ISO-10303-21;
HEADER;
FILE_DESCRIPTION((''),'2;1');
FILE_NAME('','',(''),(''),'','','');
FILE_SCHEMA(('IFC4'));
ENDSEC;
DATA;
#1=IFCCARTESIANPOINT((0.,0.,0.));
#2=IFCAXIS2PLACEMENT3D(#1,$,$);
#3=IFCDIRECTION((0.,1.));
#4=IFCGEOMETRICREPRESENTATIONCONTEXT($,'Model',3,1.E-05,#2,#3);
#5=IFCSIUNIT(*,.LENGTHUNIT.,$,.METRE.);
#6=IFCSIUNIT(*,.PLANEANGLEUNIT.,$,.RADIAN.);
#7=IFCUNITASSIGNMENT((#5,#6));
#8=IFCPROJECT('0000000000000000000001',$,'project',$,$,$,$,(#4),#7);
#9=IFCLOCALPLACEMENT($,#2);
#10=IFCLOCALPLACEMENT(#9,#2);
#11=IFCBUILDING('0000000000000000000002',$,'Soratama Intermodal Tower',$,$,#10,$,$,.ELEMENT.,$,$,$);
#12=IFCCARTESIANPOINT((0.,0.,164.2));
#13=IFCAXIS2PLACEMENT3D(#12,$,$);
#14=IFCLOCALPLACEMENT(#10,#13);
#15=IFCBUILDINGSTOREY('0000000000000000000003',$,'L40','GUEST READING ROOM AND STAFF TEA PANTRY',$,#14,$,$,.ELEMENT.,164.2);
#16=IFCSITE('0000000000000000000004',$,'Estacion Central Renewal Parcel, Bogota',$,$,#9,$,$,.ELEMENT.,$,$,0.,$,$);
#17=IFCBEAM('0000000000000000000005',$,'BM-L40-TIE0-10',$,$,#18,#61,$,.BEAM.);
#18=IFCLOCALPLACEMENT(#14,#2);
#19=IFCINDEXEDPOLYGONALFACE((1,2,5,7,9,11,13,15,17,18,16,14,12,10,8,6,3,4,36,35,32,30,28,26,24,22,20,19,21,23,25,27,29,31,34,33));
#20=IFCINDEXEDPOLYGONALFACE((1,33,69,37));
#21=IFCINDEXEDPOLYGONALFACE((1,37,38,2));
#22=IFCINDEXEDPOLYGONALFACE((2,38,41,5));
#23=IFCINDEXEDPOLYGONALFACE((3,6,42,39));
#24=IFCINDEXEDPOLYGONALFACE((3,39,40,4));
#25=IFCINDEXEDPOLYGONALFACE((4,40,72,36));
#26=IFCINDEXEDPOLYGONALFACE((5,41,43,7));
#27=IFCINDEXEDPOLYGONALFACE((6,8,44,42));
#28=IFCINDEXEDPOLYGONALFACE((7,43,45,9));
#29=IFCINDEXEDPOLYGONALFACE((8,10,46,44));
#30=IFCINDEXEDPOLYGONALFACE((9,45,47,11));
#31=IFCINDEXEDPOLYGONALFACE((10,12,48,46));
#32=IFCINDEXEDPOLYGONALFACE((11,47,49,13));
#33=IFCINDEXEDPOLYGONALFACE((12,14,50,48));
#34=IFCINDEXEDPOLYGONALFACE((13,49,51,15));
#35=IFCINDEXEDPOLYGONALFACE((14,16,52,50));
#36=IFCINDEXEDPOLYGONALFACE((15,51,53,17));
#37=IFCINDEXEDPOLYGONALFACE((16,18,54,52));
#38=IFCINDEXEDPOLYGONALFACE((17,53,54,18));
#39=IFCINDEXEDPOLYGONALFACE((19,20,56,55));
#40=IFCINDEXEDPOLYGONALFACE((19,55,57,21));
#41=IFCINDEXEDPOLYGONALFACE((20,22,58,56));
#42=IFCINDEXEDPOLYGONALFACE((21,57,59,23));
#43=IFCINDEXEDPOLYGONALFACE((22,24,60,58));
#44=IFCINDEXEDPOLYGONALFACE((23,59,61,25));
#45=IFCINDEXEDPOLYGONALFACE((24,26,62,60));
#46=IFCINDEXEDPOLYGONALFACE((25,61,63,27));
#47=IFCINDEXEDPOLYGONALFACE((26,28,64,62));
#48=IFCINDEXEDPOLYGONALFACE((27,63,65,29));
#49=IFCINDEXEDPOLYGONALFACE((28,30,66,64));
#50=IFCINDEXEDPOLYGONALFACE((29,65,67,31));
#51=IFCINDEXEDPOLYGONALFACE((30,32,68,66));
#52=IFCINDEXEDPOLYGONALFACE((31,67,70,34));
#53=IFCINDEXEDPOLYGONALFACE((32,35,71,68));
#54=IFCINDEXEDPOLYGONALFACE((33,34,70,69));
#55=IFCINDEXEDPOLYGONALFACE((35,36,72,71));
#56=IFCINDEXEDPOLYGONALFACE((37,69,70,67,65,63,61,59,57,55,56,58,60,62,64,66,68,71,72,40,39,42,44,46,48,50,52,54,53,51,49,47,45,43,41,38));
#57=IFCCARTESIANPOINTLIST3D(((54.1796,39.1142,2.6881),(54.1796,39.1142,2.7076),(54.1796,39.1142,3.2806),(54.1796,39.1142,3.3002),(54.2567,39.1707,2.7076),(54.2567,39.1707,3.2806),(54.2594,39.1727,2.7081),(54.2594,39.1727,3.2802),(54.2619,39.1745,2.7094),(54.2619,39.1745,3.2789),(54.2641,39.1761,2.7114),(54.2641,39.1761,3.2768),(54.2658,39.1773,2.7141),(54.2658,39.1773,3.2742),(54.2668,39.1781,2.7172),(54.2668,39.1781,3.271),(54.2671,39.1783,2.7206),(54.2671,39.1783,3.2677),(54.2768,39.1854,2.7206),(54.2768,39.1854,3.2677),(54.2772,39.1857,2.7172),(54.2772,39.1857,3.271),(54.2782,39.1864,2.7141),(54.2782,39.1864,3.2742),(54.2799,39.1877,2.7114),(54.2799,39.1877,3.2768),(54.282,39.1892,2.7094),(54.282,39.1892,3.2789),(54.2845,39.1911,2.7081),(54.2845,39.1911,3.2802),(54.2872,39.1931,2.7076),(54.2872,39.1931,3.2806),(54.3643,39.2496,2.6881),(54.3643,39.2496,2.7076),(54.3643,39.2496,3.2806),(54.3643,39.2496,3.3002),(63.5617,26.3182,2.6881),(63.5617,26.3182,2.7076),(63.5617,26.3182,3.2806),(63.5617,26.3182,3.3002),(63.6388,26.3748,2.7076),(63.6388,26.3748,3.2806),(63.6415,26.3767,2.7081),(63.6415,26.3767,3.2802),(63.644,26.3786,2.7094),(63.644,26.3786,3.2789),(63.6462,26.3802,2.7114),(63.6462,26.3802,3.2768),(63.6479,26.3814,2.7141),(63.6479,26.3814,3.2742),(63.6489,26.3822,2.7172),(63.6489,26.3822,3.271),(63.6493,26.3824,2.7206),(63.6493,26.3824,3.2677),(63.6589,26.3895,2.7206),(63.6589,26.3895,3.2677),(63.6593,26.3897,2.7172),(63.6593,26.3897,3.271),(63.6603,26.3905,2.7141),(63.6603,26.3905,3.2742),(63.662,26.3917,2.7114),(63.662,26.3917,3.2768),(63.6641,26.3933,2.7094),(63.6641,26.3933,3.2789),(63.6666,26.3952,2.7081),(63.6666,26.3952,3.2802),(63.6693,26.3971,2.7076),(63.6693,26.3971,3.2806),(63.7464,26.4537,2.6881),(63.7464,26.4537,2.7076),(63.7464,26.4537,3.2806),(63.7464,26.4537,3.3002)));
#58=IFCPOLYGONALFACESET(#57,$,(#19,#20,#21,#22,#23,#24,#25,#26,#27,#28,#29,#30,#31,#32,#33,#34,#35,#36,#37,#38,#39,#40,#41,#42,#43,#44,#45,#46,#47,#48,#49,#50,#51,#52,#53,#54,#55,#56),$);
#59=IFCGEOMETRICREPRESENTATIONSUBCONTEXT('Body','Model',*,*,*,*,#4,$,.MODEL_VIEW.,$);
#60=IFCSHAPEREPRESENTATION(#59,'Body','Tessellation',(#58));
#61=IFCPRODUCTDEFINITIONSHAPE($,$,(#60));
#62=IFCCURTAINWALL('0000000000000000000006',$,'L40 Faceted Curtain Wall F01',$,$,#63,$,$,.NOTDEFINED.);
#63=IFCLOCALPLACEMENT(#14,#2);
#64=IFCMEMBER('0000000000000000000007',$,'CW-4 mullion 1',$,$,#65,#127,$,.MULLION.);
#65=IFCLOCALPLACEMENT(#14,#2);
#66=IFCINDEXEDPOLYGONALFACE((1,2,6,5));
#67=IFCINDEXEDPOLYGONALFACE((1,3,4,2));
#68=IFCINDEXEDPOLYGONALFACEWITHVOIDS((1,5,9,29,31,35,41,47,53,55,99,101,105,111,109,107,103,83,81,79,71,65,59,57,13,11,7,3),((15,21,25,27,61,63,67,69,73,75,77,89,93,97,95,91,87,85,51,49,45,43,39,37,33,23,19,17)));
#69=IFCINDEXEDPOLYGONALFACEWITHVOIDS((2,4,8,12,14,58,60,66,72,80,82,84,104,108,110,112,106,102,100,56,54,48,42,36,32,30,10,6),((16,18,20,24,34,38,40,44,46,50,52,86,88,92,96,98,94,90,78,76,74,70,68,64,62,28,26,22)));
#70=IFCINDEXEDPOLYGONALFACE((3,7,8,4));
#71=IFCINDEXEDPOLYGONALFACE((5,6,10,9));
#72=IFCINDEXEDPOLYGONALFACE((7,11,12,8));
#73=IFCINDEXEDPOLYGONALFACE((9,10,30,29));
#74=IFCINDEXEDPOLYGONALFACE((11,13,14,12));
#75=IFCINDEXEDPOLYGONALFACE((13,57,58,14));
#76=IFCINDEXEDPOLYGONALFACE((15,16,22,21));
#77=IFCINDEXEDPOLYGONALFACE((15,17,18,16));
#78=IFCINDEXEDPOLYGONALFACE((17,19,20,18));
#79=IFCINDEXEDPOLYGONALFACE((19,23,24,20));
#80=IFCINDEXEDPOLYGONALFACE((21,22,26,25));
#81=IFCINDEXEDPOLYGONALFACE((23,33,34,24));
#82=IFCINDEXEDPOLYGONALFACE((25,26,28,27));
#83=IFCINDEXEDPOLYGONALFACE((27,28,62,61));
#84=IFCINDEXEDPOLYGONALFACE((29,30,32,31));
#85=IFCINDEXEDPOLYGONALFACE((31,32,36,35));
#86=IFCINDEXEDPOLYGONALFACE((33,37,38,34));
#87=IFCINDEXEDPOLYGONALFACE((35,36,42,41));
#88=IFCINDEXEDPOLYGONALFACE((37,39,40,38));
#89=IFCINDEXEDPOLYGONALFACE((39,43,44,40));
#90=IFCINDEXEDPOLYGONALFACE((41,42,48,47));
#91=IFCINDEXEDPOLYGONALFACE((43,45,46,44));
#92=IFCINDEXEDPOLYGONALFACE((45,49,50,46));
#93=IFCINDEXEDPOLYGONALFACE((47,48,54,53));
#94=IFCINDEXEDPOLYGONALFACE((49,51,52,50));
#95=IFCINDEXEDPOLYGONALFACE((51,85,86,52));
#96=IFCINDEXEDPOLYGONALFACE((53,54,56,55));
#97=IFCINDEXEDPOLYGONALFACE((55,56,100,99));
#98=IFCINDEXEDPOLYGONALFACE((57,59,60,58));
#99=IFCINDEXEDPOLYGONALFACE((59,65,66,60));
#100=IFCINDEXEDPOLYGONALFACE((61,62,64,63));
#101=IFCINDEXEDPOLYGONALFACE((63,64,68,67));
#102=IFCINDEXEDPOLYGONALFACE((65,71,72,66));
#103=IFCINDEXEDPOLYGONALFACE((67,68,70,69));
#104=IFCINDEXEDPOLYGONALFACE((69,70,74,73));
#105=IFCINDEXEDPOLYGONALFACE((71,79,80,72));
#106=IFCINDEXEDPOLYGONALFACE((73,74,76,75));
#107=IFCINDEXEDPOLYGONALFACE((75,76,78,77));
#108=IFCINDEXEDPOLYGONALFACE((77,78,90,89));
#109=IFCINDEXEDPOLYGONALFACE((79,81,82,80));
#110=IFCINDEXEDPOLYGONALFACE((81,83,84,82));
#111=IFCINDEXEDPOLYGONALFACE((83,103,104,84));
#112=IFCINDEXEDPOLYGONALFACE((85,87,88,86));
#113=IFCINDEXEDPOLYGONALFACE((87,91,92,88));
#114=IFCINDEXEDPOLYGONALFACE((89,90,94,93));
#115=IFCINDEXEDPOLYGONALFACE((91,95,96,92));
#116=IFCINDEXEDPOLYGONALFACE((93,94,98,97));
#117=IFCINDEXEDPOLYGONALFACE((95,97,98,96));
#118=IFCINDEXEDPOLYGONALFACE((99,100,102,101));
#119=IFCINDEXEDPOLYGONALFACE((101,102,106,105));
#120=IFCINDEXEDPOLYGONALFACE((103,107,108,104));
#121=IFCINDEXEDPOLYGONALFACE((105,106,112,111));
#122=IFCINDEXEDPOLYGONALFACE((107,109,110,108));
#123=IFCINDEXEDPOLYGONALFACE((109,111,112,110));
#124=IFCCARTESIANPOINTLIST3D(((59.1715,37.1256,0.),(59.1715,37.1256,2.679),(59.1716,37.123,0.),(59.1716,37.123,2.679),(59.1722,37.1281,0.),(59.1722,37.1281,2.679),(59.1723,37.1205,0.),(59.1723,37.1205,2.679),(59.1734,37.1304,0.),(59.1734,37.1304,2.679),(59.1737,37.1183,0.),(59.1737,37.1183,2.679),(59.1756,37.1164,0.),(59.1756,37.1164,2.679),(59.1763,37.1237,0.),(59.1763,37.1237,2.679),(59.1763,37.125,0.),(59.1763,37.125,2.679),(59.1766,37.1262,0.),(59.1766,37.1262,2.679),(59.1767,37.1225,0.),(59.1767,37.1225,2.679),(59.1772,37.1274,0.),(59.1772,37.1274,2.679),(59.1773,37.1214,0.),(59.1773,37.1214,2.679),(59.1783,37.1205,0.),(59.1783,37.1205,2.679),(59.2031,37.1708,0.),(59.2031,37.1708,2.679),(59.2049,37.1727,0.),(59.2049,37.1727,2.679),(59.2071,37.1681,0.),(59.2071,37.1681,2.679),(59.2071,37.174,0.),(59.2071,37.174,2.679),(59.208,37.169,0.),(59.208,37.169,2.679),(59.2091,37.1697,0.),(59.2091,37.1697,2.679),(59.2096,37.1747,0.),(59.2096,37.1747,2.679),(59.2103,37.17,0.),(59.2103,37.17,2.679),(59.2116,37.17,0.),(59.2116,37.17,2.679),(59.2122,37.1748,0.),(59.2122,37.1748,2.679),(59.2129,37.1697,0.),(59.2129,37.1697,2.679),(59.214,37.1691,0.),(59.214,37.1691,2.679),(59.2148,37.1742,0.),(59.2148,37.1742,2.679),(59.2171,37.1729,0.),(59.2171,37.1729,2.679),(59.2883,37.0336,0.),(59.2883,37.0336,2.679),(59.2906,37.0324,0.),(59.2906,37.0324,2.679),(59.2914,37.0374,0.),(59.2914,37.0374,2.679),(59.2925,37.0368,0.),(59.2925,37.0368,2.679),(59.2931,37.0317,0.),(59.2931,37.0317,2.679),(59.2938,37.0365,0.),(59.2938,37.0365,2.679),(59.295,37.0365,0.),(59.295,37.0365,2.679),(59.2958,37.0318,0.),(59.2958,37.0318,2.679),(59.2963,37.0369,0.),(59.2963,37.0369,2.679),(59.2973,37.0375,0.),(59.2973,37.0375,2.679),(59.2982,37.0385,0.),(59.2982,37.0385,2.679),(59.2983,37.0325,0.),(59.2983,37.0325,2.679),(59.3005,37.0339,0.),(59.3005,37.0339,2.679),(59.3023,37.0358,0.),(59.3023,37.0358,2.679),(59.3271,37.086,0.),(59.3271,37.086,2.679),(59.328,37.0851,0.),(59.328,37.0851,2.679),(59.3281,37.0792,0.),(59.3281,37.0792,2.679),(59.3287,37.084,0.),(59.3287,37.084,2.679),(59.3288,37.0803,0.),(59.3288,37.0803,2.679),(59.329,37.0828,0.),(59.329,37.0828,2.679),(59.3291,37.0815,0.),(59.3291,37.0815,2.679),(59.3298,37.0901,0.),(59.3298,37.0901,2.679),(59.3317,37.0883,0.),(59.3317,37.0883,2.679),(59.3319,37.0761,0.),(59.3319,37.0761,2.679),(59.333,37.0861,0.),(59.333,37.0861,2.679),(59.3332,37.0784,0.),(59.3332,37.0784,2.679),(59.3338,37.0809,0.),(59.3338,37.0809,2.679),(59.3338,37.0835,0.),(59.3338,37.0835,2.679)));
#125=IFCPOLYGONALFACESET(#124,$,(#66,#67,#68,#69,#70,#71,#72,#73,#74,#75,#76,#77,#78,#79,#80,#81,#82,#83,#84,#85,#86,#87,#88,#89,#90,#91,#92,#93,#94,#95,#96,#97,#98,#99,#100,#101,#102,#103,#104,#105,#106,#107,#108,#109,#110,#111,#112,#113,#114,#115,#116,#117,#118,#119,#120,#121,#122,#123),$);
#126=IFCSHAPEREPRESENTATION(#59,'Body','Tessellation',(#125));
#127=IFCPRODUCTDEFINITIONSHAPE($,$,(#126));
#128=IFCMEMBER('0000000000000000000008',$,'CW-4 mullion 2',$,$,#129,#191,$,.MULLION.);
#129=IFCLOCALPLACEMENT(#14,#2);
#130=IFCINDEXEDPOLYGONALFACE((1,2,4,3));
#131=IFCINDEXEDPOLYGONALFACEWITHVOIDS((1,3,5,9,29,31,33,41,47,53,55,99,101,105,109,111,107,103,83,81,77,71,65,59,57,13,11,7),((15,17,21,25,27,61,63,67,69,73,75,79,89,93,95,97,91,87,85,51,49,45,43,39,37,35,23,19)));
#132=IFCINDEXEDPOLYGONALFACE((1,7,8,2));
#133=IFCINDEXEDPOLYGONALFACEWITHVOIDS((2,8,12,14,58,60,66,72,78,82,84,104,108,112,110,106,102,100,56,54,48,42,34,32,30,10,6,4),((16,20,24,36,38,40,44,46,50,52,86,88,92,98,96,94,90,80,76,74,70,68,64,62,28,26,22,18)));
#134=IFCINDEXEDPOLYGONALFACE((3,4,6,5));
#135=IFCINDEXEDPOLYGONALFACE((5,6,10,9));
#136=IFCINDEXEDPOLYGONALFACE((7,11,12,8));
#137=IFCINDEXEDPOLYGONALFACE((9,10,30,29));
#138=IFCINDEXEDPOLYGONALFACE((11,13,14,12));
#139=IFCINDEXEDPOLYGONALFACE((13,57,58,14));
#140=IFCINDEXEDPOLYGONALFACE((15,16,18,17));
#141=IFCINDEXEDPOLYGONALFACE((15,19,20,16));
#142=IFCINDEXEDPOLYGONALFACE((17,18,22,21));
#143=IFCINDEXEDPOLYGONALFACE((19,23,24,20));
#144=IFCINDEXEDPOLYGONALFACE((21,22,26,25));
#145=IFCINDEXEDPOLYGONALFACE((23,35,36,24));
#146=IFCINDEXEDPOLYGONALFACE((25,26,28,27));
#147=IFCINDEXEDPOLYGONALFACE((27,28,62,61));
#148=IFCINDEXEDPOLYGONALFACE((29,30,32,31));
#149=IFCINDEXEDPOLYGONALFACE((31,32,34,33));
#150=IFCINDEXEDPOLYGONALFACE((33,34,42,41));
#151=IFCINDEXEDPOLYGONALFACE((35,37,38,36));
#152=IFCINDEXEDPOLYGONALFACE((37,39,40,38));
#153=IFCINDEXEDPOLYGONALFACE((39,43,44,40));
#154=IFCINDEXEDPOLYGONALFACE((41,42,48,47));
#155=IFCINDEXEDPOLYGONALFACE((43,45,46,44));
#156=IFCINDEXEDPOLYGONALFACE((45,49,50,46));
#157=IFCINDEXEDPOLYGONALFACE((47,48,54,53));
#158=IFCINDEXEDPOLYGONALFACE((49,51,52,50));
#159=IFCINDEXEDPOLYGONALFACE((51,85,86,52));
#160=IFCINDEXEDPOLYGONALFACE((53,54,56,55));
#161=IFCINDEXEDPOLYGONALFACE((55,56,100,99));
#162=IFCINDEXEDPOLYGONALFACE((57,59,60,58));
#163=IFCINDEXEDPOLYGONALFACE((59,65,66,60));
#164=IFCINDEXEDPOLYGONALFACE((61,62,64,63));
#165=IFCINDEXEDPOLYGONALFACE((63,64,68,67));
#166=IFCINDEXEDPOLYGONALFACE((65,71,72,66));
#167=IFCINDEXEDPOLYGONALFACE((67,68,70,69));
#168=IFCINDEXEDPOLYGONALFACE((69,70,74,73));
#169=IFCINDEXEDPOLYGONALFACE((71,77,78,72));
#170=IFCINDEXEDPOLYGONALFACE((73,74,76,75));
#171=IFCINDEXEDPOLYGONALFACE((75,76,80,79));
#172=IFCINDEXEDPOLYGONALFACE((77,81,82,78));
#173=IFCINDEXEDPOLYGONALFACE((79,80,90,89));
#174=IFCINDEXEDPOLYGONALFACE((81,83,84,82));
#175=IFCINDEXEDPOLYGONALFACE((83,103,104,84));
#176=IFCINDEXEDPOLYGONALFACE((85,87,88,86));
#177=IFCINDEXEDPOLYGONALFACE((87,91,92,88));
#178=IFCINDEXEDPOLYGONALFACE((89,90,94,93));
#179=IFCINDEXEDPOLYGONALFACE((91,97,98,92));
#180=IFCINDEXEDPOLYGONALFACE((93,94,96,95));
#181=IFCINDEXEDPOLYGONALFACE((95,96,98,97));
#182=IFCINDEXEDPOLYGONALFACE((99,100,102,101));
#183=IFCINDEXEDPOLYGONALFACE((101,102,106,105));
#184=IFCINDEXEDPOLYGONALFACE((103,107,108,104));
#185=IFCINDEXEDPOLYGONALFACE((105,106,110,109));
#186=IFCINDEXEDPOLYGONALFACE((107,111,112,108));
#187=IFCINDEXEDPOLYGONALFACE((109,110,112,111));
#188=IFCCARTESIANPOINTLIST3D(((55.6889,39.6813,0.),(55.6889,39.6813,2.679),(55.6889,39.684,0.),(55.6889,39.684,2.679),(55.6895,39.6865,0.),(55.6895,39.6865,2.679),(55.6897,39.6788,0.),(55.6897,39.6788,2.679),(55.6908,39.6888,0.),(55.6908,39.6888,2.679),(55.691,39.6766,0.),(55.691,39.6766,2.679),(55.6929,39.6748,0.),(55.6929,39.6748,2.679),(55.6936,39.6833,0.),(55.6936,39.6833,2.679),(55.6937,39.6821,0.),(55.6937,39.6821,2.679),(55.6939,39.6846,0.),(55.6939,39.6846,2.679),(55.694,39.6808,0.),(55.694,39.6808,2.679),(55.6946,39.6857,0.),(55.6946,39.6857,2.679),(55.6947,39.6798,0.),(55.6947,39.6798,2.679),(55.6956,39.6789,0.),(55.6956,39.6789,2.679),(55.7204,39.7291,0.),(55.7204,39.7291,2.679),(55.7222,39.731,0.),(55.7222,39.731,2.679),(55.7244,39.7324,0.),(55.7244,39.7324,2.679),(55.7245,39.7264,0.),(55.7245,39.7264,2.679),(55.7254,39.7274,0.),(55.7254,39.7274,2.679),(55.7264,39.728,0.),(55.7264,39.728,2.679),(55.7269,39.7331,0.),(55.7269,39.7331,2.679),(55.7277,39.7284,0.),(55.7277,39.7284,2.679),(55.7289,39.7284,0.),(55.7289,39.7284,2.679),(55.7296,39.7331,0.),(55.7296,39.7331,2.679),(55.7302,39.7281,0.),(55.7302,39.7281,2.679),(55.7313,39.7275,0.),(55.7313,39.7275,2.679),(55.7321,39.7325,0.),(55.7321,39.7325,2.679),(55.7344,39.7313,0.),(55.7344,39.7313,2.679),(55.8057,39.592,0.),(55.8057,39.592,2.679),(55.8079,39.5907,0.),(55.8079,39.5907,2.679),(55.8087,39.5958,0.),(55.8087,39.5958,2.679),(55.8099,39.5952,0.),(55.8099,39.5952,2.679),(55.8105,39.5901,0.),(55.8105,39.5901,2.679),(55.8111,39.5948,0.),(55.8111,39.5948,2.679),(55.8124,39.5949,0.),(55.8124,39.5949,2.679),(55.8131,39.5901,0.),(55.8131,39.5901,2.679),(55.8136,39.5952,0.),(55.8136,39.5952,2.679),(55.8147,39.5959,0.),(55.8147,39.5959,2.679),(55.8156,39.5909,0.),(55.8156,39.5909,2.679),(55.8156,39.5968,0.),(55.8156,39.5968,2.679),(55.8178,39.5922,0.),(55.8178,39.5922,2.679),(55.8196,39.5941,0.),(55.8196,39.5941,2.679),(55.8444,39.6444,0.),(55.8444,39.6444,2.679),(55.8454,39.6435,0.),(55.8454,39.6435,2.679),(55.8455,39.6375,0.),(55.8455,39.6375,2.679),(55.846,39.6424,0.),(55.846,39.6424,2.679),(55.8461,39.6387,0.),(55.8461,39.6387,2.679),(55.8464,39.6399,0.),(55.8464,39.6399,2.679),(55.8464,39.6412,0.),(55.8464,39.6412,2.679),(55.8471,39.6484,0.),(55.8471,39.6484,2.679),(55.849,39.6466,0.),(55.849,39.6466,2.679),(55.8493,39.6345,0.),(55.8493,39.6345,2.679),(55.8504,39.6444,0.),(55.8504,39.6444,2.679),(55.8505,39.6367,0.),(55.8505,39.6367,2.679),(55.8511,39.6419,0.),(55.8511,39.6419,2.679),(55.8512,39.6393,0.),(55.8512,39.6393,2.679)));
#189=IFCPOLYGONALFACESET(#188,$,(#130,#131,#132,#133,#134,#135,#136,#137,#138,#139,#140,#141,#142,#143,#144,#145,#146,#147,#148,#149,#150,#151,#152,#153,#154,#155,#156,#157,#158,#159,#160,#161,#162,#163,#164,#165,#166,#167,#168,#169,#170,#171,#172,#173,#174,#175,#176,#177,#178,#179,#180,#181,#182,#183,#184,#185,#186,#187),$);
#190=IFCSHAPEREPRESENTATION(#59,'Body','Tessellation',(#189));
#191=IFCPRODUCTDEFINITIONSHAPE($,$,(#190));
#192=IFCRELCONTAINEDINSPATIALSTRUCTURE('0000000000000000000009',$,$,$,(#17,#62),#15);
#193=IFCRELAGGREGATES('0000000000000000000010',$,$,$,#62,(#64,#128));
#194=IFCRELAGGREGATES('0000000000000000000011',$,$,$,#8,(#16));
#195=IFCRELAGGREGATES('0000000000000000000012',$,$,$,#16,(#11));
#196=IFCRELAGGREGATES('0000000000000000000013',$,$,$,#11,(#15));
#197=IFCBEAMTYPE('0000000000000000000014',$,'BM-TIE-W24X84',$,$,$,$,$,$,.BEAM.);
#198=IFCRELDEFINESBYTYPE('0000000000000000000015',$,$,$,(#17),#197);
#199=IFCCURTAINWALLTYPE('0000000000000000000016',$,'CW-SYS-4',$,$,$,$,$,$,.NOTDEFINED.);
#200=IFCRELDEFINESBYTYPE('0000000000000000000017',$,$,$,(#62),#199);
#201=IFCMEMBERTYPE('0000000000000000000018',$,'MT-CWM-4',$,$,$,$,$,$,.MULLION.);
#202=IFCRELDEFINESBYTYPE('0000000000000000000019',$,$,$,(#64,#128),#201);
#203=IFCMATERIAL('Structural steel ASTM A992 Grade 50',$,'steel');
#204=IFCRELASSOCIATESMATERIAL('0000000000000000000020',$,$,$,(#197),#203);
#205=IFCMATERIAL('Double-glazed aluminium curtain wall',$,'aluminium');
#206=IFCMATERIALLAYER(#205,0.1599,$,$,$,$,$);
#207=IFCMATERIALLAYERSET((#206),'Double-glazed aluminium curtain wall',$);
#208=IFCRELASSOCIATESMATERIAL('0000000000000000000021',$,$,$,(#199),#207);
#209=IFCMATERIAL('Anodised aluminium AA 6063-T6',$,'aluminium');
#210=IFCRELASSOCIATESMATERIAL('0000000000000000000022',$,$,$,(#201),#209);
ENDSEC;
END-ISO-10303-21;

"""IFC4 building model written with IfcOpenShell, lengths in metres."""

from ifc_helpers import new_model, si_unit, direction, frame, origin, origin_2d, place, context, subcontext, project, spatial, hollow_rectangle, i_section, extrude, material, layer, layer_set, material_profile, profile_set, type_object, element, aggregate, save


model = new_model("IFC4")

# Units and contexts
model_context = context("Model", 3, precision=1e-05, world=origin(), true_north=direction((0.0, 1.0)))
body_context = subcontext(model_context, "Body", "Model", "MODEL_VIEW")
ifc_project = project(units=[si_unit("LENGTHUNIT", "METRE"), si_unit("PLANEANGLEUNIT", "RADIAN")], contexts=[model_context])

# Site, building, storey
site_placement = place(None, origin())
site = spatial("IfcSite", under=ifc_project, at=site_placement, Name="Estacion Central Renewal Parcel, Bogota", CompositionType="ELEMENT", RefElevation=0.0)
building_placement = place(site_placement, origin())
building = spatial("IfcBuilding", under=site, at=building_placement, Name="Soratama Intermodal Tower", CompositionType="ELEMENT")
storey_placement = place(building_placement, frame((0.0, 0.0, 164.2)))
storey = spatial("IfcBuildingStorey", under=building, at=storey_placement, Name="L40", Description="GUEST READING ROOM AND STAFF TEA PANTRY", CompositionType="ELEMENT", Elevation=164.2)

# Beam
ifc_material_1 = material(Name="Structural steel ASTM A992 Grade 50", Category="steel")
ifc_material_profile_1 = material_profile(ifc_material_1, i_section(OverallWidth=0.229, OverallDepth=0.6121, WebThickness=0.012, FlangeThickness=0.0195, FilletRadius=0.0129, at=origin_2d()), Name="W24X84")
ifc_profile_set_1 = profile_set([ifc_material_profile_1], Name="Structural steel ASTM A992 Grade 50")
beam_type_1 = type_object("IfcBeamType", Name="BM-TIE-W24X84", PredefinedType="BEAM", material=ifc_profile_set_1)
beam_1_placement = place(storey_placement, frame((54.272, 39.1819, 2.9941), z_axis=(0.591299, -0.806452, 0.0), x_axis=(0.806452, 0.591299, 0.0)))
element("IfcBeam", 1, at=beam_1_placement, inside=storey, type_object=beam_type_1, Name="BM-L40-TIE0-10", PredefinedType="BEAM", context=body_context, shape_type="SweptSolid", body=[
    extrude(i_section(OverallWidth=0.229, OverallDepth=0.6121, WebThickness=0.012, FlangeThickness=0.0195, FilletRadius=0.0129, at=origin_2d()), origin(), (0.0, 0.0, 1.0), 15.8669),
])

# Curtain wall, members
ifc_material_2 = material(Name="Double-glazed aluminium curtain wall", Category="aluminium")
ifc_layer_1 = layer(ifc_material_2, 0.1599)
ifc_layer_set_1 = layer_set([ifc_layer_1], Name="Double-glazed aluminium curtain wall")
curtain_wall_type = type_object("IfcCurtainWallType", Name="CW-SYS-4", PredefinedType="NOTDEFINED", material=ifc_layer_set_1)
curtain_wall_placement = place(storey_placement, origin())
curtain_wall = element("IfcCurtainWall", 2, at=curtain_wall_placement, inside=storey, type_object=curtain_wall_type, Name="L40 Faceted Curtain Wall F01", PredefinedType="NOTDEFINED")
ifc_material_3 = material(Name="Anodised aluminium AA 6063-T6", Category="aluminium")
ifc_material_profile_2 = material_profile(ifc_material_3, hollow_rectangle(XDim=0.0701, YDim=0.1599, WallThickness=0.0049, InnerFilletRadius=0.0049, OuterFilletRadius=0.01, at=origin_2d()), Name="CWM160X70X5")
ifc_profile_set_2 = profile_set([ifc_material_profile_2], Name="Anodised aluminium AA 6063-T6")
member_type_1 = type_object("IfcMemberType", Name="MT-CWM-4", PredefinedType="MULLION", material=ifc_profile_set_2)
member_1_placement = place(storey_placement, frame((59.2527, 37.1033, 0.0), z_axis=(0.0, 0.0, 1.0), x_axis=(-0.592015, -0.805927, 0.0)))
member_1 = element("IfcMember", 3, at=member_1_placement, type_object=member_type_1, Name="CW-4 mullion 1", PredefinedType="MULLION", context=body_context, shape_type="SweptSolid", body=[
    extrude(hollow_rectangle(XDim=0.0701, YDim=0.1599, WallThickness=0.0049, InnerFilletRadius=0.0049, OuterFilletRadius=0.01, at=origin_2d()), origin(), (0.0, 0.0, 1.0), 2.679),
])
member_2_placement = place(storey_placement, frame((55.77, 39.6616, 0.0), z_axis=(0.0, 0.0, 1.0), x_axis=(-0.592015, -0.805927, 0.0)))
member_2 = element("IfcMember", 4, at=member_2_placement, type_object=member_type_1, Name="CW-4 mullion 2", PredefinedType="MULLION", context=body_context, shape_type="SweptSolid", body=[
    extrude(hollow_rectangle(XDim=0.0701, YDim=0.1599, WallThickness=0.0049, InnerFilletRadius=0.0049, OuterFilletRadius=0.01, at=origin_2d()), origin(), (0.0, 0.0, 1.0), 2.679),
])
aggregate(curtain_wall, [member_1, member_2])

save(model, "model.ifc")
